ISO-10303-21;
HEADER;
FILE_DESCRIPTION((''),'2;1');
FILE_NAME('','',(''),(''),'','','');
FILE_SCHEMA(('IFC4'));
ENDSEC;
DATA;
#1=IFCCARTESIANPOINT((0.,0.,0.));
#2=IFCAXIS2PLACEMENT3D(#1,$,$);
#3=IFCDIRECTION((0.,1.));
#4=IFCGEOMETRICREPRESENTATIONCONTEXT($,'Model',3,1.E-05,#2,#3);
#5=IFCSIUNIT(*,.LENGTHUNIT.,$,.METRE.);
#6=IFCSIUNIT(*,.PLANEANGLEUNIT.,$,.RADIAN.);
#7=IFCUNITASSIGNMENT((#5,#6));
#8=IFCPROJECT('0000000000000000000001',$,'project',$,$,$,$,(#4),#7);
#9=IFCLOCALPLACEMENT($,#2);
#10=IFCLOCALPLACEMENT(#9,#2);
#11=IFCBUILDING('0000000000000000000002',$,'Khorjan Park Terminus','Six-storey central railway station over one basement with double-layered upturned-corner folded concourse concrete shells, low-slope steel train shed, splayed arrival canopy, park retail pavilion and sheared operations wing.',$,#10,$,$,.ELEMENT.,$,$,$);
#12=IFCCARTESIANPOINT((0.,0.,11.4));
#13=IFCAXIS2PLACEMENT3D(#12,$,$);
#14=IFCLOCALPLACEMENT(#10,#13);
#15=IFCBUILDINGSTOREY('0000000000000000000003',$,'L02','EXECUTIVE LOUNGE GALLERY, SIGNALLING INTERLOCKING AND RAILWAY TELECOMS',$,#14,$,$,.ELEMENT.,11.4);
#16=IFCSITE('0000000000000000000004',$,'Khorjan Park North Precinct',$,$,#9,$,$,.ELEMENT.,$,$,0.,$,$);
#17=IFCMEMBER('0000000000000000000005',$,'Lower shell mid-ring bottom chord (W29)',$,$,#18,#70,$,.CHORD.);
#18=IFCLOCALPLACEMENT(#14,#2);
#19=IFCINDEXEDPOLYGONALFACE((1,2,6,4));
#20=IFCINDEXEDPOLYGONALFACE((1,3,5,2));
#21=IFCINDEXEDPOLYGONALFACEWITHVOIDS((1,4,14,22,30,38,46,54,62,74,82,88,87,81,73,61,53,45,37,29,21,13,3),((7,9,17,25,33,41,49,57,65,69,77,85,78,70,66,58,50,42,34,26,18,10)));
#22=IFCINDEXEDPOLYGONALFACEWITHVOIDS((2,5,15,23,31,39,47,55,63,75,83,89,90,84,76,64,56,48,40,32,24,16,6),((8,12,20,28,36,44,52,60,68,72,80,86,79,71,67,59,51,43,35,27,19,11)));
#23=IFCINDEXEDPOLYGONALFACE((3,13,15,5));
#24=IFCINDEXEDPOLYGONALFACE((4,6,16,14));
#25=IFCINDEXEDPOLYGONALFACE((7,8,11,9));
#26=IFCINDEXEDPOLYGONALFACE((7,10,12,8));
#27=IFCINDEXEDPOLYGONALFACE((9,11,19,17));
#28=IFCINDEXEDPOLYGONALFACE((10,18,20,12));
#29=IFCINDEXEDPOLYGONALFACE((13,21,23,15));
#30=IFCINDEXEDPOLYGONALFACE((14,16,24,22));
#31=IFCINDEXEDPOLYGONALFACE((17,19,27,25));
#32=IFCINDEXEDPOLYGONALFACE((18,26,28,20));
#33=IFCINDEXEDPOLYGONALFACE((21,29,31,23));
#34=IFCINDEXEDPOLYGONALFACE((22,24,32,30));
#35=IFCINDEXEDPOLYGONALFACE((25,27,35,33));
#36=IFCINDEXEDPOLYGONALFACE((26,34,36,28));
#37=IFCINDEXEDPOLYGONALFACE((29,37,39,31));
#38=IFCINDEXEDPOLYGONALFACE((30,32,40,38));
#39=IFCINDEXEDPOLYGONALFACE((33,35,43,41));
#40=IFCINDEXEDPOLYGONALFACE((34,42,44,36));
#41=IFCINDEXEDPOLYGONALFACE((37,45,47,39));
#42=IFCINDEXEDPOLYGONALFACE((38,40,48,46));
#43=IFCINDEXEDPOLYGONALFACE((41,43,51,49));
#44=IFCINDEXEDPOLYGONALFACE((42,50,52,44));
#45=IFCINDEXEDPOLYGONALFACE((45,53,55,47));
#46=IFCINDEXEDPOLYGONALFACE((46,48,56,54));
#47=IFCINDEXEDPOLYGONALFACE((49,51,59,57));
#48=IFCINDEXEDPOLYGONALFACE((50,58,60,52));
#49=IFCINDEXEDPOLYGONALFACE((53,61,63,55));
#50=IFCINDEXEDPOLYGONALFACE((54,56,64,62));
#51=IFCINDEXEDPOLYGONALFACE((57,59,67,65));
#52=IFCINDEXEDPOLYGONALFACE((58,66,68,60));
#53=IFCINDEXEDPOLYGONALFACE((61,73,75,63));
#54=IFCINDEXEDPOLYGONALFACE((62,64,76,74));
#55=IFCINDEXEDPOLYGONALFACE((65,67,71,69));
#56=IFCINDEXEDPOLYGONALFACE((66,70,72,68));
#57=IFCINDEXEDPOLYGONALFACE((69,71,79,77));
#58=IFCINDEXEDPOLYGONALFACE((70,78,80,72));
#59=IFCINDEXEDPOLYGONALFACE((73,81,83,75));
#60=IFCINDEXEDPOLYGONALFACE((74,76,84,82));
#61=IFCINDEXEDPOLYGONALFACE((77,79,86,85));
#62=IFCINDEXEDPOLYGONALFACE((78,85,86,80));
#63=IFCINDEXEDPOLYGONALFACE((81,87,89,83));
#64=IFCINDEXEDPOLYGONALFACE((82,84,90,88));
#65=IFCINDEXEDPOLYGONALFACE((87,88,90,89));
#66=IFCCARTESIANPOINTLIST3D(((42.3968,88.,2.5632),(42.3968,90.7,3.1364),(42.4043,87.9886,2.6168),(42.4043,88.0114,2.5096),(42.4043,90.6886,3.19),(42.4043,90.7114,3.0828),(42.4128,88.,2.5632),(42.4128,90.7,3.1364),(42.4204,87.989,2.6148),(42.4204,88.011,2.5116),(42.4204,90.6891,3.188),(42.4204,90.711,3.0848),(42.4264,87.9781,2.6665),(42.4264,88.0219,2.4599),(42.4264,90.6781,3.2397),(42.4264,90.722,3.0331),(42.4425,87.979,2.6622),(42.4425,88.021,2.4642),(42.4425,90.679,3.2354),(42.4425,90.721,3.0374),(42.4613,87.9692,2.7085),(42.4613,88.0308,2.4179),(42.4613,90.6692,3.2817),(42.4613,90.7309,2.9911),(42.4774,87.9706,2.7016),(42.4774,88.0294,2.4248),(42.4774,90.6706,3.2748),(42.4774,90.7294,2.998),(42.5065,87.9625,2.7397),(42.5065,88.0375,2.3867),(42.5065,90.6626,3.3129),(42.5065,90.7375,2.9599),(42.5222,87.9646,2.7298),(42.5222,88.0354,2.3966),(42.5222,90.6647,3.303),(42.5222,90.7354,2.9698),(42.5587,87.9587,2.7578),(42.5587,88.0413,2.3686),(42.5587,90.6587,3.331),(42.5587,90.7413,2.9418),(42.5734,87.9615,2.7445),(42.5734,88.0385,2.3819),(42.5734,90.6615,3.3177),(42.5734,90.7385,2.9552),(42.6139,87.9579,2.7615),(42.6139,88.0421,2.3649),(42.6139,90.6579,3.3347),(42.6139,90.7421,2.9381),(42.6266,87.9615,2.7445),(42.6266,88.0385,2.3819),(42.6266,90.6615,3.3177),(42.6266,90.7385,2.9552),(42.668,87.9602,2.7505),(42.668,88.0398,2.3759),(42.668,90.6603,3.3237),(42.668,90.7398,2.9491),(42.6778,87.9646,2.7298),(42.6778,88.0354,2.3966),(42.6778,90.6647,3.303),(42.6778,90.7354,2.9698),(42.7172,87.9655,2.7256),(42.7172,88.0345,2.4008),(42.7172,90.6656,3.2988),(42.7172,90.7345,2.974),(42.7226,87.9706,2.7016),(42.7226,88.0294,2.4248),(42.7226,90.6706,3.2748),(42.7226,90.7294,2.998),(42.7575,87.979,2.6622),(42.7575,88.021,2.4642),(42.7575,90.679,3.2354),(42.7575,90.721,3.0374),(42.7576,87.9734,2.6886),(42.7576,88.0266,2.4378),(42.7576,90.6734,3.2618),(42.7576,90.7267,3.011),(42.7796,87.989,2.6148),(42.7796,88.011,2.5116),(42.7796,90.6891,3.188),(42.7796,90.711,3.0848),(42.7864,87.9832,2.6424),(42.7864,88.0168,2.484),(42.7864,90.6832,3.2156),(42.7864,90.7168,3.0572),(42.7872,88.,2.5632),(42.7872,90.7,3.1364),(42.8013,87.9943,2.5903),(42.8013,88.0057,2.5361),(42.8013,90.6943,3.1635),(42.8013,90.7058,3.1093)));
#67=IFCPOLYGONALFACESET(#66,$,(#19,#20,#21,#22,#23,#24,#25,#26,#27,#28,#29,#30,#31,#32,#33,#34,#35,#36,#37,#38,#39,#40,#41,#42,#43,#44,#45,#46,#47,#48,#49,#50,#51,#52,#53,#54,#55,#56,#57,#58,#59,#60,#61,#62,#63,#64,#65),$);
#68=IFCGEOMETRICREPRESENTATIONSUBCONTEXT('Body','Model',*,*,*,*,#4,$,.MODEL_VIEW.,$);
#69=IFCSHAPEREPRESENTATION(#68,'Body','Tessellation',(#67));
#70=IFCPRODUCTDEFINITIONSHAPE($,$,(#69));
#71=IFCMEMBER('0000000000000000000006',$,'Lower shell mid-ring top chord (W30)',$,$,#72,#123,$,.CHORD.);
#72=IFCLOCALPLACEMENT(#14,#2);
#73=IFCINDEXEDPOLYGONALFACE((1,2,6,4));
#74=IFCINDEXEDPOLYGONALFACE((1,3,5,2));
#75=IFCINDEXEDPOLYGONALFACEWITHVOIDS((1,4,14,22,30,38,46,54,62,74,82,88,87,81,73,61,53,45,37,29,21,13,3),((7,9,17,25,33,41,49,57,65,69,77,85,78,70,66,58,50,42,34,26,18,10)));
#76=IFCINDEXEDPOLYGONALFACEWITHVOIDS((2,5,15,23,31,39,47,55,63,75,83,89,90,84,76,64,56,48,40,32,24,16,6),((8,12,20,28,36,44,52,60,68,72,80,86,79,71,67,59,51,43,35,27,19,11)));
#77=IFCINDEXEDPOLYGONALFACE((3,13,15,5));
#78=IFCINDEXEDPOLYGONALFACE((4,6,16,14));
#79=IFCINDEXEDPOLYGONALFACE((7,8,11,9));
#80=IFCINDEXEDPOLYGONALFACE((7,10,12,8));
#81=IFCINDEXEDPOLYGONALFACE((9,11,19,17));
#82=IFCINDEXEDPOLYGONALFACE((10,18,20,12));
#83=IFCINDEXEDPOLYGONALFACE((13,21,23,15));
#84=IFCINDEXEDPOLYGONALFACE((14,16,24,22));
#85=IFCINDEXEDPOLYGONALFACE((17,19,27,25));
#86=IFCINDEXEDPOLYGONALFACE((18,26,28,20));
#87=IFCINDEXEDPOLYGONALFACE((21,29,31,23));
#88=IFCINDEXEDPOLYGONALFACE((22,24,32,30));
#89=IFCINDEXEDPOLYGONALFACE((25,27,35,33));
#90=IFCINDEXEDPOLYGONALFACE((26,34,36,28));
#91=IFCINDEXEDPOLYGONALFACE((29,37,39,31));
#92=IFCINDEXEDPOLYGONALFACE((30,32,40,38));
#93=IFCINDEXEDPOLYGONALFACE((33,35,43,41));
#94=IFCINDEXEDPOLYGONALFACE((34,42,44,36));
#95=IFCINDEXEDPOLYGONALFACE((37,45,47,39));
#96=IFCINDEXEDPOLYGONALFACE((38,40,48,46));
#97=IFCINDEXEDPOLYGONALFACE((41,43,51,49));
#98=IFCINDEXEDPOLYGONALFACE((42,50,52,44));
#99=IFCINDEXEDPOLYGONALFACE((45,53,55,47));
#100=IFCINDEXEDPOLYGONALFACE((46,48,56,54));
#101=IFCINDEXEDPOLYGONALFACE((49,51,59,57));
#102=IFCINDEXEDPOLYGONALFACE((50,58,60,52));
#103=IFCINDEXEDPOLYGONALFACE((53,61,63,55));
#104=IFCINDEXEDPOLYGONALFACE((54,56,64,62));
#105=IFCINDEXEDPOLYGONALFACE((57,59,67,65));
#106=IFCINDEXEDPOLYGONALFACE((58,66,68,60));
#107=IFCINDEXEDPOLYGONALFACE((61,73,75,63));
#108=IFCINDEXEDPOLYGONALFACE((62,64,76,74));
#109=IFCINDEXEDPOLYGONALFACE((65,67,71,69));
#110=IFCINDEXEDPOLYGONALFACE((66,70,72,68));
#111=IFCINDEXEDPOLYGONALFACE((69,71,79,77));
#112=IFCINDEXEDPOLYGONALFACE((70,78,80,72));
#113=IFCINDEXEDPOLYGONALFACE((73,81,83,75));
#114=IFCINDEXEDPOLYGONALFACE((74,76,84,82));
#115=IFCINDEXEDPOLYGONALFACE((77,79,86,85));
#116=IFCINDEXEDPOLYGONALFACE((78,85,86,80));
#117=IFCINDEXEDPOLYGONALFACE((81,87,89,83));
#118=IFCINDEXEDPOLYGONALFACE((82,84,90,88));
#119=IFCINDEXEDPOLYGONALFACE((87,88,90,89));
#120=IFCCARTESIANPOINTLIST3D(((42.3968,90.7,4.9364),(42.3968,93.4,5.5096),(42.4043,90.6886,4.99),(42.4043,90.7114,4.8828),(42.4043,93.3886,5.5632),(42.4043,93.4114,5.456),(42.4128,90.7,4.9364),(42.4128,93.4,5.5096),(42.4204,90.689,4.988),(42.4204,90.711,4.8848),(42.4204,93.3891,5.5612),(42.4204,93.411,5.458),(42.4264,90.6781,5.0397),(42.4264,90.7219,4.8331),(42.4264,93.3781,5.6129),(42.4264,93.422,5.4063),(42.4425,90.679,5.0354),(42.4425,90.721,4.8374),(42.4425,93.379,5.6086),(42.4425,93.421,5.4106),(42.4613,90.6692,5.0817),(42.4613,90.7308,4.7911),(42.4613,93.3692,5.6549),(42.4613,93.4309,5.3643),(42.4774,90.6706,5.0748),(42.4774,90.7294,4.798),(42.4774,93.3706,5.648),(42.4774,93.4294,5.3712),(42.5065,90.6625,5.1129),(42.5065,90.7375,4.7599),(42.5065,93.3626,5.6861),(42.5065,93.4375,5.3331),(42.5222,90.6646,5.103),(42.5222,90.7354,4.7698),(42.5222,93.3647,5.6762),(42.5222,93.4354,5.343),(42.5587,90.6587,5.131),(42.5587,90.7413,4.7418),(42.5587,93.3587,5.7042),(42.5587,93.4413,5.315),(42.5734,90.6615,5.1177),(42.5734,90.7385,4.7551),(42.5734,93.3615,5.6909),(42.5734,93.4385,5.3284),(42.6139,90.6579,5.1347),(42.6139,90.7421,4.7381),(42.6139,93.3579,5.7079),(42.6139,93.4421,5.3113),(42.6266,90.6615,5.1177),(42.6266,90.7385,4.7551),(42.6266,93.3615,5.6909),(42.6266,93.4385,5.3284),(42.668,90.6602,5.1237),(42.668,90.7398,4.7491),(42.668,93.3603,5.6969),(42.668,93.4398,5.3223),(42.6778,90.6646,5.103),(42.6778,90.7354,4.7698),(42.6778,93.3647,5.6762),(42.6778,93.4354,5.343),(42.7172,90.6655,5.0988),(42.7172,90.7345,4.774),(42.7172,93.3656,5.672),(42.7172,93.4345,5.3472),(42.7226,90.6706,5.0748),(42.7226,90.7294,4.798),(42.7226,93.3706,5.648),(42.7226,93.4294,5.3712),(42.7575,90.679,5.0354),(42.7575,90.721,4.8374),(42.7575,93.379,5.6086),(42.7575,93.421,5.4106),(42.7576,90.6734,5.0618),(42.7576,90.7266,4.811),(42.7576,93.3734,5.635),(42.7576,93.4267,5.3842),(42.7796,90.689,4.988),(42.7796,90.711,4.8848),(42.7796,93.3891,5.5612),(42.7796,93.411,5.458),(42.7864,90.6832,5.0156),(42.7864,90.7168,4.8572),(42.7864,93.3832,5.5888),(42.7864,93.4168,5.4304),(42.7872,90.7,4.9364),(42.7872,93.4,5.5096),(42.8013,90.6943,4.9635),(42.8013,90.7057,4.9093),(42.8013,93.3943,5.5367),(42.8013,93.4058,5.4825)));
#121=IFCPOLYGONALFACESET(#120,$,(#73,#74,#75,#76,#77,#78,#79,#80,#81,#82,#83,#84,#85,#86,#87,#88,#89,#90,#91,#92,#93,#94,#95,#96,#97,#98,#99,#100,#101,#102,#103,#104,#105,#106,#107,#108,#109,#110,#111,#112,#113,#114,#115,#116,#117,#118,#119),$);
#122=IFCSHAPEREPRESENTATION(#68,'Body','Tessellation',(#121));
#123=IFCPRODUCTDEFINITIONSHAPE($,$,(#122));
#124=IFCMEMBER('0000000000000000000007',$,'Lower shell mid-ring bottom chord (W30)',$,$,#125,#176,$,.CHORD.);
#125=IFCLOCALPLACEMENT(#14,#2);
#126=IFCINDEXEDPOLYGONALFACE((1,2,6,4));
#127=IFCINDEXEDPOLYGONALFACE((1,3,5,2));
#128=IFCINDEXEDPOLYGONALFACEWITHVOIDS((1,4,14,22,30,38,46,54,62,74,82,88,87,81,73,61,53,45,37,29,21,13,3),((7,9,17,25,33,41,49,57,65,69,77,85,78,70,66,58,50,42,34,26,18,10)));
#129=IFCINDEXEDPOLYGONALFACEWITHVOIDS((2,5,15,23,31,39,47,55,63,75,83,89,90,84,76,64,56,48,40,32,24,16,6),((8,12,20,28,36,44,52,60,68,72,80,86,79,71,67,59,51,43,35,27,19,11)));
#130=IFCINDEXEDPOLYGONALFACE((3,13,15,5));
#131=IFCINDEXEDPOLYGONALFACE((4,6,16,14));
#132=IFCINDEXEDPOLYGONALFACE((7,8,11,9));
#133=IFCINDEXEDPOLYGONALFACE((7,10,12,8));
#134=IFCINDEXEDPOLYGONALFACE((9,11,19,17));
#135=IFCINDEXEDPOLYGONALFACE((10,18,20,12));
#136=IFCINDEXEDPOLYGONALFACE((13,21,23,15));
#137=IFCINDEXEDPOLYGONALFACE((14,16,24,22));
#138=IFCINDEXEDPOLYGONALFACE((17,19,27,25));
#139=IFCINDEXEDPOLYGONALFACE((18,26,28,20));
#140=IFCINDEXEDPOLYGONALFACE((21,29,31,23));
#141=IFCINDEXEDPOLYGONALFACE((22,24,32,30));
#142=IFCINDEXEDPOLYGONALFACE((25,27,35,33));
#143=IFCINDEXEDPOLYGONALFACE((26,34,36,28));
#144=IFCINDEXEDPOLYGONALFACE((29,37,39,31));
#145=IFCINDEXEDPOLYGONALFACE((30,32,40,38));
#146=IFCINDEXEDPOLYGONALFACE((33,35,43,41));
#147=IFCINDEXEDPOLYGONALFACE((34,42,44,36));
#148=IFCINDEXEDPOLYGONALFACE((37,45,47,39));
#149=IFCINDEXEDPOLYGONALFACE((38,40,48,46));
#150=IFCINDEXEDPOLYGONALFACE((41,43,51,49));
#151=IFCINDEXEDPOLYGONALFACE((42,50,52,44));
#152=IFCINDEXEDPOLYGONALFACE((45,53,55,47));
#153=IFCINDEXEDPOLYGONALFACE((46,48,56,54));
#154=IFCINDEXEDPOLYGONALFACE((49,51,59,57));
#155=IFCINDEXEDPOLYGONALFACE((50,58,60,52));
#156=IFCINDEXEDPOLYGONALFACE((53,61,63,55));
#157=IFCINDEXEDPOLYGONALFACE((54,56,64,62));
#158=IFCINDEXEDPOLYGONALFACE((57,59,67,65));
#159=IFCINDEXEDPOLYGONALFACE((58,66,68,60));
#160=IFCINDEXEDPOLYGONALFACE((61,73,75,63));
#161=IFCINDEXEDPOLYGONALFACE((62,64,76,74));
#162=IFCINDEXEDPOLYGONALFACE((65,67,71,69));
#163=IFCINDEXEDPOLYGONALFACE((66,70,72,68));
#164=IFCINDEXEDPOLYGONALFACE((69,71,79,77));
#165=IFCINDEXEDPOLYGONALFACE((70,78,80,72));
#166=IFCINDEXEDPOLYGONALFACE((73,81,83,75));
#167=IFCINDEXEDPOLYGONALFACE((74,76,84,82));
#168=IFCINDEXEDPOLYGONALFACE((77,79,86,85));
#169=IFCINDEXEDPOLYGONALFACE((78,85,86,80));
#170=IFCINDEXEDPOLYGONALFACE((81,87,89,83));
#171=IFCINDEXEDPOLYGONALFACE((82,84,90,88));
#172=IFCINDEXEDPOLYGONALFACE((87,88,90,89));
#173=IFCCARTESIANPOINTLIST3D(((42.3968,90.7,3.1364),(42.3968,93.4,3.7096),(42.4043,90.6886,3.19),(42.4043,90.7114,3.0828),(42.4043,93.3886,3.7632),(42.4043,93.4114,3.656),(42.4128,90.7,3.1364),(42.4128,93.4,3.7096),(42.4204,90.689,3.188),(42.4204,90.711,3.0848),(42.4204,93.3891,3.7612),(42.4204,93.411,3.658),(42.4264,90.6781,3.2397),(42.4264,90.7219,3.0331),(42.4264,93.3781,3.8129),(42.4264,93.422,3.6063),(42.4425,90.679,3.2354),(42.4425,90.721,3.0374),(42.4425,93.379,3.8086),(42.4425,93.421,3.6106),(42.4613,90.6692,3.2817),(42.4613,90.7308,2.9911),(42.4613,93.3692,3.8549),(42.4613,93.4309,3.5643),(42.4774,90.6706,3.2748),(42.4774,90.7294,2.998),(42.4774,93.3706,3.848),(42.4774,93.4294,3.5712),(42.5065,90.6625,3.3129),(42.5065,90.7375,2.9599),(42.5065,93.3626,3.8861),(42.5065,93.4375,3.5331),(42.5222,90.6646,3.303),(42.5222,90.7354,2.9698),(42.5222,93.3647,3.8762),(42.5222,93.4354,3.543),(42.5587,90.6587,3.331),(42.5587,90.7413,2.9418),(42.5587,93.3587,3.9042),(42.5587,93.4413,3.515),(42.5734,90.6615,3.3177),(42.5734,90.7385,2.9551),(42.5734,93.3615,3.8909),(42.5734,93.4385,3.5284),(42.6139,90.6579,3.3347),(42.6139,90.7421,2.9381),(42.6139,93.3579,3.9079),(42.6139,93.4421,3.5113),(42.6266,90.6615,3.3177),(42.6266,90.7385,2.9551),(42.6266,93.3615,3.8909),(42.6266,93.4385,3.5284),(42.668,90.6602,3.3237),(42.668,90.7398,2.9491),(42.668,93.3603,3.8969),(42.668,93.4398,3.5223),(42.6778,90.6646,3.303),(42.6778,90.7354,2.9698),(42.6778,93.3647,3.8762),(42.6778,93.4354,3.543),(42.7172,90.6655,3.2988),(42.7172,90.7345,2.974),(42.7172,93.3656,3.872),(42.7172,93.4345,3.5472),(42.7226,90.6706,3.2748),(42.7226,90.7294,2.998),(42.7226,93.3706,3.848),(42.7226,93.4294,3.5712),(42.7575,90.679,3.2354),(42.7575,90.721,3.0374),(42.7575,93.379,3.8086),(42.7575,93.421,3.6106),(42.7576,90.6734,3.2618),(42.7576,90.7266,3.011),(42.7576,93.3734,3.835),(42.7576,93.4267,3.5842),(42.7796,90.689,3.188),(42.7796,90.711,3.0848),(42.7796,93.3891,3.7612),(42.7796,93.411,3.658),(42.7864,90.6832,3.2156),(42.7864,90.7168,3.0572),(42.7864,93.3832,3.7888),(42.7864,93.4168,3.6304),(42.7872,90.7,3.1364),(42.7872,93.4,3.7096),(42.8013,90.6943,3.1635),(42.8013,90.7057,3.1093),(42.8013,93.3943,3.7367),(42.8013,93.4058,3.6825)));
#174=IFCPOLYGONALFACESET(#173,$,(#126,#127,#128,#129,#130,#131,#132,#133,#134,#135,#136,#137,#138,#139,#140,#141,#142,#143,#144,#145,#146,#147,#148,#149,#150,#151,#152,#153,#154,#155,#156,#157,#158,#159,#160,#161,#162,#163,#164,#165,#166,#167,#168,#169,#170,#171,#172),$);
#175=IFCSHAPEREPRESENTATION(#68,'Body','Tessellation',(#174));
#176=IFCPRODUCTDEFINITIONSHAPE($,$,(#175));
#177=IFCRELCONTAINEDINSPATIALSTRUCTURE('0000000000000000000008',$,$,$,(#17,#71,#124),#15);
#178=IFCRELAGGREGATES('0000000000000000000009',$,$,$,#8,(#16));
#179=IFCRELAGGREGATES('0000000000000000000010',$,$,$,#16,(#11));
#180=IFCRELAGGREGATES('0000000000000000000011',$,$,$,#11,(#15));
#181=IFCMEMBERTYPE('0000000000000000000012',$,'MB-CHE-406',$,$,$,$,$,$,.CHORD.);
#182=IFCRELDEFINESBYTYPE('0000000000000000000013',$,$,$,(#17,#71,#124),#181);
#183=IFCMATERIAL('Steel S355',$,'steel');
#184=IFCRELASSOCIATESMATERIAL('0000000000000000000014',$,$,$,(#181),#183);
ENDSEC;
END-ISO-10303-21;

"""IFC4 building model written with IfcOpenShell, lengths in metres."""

from ifc_helpers import new_model, si_unit, direction, frame, origin, origin_2d, place, context, subcontext, project, spatial, hollow_circle, extrude, material, material_profile, profile_set, type_object, element, save


model = new_model("IFC4")

# Units and contexts
model_context = context("Model", 3, precision=1e-05, world=origin(), true_north=direction((0.0, 1.0)))
body_context = subcontext(model_context, "Body", "Model", "MODEL_VIEW")
ifc_project = project(units=[si_unit("LENGTHUNIT", "METRE"), si_unit("PLANEANGLEUNIT", "RADIAN")], contexts=[model_context])

# Site, building, storey
site_placement = place(None, origin())
site = spatial("IfcSite", under=ifc_project, at=site_placement, Name="Khorjan Park North Precinct", CompositionType="ELEMENT", RefElevation=0.0)
building_placement = place(site_placement, origin())
building = spatial("IfcBuilding", under=site, at=building_placement, Name="Khorjan Park Terminus", Description="Six-storey central railway station over one basement with double-layered upturned-corner folded concourse concrete shells, low-slope steel train shed, splayed arrival canopy, park retail pavilion and sheared operations wing.", CompositionType="ELEMENT")
storey_placement = place(building_placement, frame((0.0, 0.0, 11.4)))
storey = spatial("IfcBuildingStorey", under=building, at=storey_placement, Name="L02", Description="EXECUTIVE LOUNGE GALLERY, SIGNALLING INTERLOCKING AND RAILWAY TELECOMS", CompositionType="ELEMENT", Elevation=11.4)

# Members
ifc_material_1 = material(Name="Steel S355", Category="steel")
ifc_material_profile_1 = material_profile(ifc_material_1, hollow_circle(Radius=0.2032, WallThickness=0.016, at=origin_2d()), Name="CHS 406.4x16")
ifc_profile_set_1 = profile_set([ifc_material_profile_1], Name="Steel S355")
member_type_1 = type_object("IfcMemberType", Name="MB-CHE-406", PredefinedType="CHORD", material=ifc_profile_set_1)
for number, where, z_axis, x_axis, name in (
    (1, (42.6, 88.0, 2.5632), (0.0, 0.978199, 0.207668), (-1.0, 0.0, 0.0), "Lower shell mid-ring bottom chord (W29)"),
    (2, (42.6, 90.7, 4.9364), (0.0, 0.978199, 0.207668), (-1.0, 0.0, 0.0), "Lower shell mid-ring top chord (W30)"),
    (3, (42.6, 90.7, 3.1364), (0.0, 0.978199, 0.207668), (-1.0, 0.0, 0.0), "Lower shell mid-ring bottom chord (W30)"),
):
    element("IfcMember", number, at=place(storey_placement, frame(where, z_axis=z_axis, x_axis=x_axis)), inside=storey, type_object=member_type_1, Name=name, PredefinedType="CHORD", context=body_context, shape_type="SweptSolid", body=[
        extrude(hollow_circle(Radius=0.2032, WallThickness=0.016, at=origin_2d()), origin(), (0.0, 0.0, 1.0), 2.7602),
    ])

save(model, "model.ifc")
